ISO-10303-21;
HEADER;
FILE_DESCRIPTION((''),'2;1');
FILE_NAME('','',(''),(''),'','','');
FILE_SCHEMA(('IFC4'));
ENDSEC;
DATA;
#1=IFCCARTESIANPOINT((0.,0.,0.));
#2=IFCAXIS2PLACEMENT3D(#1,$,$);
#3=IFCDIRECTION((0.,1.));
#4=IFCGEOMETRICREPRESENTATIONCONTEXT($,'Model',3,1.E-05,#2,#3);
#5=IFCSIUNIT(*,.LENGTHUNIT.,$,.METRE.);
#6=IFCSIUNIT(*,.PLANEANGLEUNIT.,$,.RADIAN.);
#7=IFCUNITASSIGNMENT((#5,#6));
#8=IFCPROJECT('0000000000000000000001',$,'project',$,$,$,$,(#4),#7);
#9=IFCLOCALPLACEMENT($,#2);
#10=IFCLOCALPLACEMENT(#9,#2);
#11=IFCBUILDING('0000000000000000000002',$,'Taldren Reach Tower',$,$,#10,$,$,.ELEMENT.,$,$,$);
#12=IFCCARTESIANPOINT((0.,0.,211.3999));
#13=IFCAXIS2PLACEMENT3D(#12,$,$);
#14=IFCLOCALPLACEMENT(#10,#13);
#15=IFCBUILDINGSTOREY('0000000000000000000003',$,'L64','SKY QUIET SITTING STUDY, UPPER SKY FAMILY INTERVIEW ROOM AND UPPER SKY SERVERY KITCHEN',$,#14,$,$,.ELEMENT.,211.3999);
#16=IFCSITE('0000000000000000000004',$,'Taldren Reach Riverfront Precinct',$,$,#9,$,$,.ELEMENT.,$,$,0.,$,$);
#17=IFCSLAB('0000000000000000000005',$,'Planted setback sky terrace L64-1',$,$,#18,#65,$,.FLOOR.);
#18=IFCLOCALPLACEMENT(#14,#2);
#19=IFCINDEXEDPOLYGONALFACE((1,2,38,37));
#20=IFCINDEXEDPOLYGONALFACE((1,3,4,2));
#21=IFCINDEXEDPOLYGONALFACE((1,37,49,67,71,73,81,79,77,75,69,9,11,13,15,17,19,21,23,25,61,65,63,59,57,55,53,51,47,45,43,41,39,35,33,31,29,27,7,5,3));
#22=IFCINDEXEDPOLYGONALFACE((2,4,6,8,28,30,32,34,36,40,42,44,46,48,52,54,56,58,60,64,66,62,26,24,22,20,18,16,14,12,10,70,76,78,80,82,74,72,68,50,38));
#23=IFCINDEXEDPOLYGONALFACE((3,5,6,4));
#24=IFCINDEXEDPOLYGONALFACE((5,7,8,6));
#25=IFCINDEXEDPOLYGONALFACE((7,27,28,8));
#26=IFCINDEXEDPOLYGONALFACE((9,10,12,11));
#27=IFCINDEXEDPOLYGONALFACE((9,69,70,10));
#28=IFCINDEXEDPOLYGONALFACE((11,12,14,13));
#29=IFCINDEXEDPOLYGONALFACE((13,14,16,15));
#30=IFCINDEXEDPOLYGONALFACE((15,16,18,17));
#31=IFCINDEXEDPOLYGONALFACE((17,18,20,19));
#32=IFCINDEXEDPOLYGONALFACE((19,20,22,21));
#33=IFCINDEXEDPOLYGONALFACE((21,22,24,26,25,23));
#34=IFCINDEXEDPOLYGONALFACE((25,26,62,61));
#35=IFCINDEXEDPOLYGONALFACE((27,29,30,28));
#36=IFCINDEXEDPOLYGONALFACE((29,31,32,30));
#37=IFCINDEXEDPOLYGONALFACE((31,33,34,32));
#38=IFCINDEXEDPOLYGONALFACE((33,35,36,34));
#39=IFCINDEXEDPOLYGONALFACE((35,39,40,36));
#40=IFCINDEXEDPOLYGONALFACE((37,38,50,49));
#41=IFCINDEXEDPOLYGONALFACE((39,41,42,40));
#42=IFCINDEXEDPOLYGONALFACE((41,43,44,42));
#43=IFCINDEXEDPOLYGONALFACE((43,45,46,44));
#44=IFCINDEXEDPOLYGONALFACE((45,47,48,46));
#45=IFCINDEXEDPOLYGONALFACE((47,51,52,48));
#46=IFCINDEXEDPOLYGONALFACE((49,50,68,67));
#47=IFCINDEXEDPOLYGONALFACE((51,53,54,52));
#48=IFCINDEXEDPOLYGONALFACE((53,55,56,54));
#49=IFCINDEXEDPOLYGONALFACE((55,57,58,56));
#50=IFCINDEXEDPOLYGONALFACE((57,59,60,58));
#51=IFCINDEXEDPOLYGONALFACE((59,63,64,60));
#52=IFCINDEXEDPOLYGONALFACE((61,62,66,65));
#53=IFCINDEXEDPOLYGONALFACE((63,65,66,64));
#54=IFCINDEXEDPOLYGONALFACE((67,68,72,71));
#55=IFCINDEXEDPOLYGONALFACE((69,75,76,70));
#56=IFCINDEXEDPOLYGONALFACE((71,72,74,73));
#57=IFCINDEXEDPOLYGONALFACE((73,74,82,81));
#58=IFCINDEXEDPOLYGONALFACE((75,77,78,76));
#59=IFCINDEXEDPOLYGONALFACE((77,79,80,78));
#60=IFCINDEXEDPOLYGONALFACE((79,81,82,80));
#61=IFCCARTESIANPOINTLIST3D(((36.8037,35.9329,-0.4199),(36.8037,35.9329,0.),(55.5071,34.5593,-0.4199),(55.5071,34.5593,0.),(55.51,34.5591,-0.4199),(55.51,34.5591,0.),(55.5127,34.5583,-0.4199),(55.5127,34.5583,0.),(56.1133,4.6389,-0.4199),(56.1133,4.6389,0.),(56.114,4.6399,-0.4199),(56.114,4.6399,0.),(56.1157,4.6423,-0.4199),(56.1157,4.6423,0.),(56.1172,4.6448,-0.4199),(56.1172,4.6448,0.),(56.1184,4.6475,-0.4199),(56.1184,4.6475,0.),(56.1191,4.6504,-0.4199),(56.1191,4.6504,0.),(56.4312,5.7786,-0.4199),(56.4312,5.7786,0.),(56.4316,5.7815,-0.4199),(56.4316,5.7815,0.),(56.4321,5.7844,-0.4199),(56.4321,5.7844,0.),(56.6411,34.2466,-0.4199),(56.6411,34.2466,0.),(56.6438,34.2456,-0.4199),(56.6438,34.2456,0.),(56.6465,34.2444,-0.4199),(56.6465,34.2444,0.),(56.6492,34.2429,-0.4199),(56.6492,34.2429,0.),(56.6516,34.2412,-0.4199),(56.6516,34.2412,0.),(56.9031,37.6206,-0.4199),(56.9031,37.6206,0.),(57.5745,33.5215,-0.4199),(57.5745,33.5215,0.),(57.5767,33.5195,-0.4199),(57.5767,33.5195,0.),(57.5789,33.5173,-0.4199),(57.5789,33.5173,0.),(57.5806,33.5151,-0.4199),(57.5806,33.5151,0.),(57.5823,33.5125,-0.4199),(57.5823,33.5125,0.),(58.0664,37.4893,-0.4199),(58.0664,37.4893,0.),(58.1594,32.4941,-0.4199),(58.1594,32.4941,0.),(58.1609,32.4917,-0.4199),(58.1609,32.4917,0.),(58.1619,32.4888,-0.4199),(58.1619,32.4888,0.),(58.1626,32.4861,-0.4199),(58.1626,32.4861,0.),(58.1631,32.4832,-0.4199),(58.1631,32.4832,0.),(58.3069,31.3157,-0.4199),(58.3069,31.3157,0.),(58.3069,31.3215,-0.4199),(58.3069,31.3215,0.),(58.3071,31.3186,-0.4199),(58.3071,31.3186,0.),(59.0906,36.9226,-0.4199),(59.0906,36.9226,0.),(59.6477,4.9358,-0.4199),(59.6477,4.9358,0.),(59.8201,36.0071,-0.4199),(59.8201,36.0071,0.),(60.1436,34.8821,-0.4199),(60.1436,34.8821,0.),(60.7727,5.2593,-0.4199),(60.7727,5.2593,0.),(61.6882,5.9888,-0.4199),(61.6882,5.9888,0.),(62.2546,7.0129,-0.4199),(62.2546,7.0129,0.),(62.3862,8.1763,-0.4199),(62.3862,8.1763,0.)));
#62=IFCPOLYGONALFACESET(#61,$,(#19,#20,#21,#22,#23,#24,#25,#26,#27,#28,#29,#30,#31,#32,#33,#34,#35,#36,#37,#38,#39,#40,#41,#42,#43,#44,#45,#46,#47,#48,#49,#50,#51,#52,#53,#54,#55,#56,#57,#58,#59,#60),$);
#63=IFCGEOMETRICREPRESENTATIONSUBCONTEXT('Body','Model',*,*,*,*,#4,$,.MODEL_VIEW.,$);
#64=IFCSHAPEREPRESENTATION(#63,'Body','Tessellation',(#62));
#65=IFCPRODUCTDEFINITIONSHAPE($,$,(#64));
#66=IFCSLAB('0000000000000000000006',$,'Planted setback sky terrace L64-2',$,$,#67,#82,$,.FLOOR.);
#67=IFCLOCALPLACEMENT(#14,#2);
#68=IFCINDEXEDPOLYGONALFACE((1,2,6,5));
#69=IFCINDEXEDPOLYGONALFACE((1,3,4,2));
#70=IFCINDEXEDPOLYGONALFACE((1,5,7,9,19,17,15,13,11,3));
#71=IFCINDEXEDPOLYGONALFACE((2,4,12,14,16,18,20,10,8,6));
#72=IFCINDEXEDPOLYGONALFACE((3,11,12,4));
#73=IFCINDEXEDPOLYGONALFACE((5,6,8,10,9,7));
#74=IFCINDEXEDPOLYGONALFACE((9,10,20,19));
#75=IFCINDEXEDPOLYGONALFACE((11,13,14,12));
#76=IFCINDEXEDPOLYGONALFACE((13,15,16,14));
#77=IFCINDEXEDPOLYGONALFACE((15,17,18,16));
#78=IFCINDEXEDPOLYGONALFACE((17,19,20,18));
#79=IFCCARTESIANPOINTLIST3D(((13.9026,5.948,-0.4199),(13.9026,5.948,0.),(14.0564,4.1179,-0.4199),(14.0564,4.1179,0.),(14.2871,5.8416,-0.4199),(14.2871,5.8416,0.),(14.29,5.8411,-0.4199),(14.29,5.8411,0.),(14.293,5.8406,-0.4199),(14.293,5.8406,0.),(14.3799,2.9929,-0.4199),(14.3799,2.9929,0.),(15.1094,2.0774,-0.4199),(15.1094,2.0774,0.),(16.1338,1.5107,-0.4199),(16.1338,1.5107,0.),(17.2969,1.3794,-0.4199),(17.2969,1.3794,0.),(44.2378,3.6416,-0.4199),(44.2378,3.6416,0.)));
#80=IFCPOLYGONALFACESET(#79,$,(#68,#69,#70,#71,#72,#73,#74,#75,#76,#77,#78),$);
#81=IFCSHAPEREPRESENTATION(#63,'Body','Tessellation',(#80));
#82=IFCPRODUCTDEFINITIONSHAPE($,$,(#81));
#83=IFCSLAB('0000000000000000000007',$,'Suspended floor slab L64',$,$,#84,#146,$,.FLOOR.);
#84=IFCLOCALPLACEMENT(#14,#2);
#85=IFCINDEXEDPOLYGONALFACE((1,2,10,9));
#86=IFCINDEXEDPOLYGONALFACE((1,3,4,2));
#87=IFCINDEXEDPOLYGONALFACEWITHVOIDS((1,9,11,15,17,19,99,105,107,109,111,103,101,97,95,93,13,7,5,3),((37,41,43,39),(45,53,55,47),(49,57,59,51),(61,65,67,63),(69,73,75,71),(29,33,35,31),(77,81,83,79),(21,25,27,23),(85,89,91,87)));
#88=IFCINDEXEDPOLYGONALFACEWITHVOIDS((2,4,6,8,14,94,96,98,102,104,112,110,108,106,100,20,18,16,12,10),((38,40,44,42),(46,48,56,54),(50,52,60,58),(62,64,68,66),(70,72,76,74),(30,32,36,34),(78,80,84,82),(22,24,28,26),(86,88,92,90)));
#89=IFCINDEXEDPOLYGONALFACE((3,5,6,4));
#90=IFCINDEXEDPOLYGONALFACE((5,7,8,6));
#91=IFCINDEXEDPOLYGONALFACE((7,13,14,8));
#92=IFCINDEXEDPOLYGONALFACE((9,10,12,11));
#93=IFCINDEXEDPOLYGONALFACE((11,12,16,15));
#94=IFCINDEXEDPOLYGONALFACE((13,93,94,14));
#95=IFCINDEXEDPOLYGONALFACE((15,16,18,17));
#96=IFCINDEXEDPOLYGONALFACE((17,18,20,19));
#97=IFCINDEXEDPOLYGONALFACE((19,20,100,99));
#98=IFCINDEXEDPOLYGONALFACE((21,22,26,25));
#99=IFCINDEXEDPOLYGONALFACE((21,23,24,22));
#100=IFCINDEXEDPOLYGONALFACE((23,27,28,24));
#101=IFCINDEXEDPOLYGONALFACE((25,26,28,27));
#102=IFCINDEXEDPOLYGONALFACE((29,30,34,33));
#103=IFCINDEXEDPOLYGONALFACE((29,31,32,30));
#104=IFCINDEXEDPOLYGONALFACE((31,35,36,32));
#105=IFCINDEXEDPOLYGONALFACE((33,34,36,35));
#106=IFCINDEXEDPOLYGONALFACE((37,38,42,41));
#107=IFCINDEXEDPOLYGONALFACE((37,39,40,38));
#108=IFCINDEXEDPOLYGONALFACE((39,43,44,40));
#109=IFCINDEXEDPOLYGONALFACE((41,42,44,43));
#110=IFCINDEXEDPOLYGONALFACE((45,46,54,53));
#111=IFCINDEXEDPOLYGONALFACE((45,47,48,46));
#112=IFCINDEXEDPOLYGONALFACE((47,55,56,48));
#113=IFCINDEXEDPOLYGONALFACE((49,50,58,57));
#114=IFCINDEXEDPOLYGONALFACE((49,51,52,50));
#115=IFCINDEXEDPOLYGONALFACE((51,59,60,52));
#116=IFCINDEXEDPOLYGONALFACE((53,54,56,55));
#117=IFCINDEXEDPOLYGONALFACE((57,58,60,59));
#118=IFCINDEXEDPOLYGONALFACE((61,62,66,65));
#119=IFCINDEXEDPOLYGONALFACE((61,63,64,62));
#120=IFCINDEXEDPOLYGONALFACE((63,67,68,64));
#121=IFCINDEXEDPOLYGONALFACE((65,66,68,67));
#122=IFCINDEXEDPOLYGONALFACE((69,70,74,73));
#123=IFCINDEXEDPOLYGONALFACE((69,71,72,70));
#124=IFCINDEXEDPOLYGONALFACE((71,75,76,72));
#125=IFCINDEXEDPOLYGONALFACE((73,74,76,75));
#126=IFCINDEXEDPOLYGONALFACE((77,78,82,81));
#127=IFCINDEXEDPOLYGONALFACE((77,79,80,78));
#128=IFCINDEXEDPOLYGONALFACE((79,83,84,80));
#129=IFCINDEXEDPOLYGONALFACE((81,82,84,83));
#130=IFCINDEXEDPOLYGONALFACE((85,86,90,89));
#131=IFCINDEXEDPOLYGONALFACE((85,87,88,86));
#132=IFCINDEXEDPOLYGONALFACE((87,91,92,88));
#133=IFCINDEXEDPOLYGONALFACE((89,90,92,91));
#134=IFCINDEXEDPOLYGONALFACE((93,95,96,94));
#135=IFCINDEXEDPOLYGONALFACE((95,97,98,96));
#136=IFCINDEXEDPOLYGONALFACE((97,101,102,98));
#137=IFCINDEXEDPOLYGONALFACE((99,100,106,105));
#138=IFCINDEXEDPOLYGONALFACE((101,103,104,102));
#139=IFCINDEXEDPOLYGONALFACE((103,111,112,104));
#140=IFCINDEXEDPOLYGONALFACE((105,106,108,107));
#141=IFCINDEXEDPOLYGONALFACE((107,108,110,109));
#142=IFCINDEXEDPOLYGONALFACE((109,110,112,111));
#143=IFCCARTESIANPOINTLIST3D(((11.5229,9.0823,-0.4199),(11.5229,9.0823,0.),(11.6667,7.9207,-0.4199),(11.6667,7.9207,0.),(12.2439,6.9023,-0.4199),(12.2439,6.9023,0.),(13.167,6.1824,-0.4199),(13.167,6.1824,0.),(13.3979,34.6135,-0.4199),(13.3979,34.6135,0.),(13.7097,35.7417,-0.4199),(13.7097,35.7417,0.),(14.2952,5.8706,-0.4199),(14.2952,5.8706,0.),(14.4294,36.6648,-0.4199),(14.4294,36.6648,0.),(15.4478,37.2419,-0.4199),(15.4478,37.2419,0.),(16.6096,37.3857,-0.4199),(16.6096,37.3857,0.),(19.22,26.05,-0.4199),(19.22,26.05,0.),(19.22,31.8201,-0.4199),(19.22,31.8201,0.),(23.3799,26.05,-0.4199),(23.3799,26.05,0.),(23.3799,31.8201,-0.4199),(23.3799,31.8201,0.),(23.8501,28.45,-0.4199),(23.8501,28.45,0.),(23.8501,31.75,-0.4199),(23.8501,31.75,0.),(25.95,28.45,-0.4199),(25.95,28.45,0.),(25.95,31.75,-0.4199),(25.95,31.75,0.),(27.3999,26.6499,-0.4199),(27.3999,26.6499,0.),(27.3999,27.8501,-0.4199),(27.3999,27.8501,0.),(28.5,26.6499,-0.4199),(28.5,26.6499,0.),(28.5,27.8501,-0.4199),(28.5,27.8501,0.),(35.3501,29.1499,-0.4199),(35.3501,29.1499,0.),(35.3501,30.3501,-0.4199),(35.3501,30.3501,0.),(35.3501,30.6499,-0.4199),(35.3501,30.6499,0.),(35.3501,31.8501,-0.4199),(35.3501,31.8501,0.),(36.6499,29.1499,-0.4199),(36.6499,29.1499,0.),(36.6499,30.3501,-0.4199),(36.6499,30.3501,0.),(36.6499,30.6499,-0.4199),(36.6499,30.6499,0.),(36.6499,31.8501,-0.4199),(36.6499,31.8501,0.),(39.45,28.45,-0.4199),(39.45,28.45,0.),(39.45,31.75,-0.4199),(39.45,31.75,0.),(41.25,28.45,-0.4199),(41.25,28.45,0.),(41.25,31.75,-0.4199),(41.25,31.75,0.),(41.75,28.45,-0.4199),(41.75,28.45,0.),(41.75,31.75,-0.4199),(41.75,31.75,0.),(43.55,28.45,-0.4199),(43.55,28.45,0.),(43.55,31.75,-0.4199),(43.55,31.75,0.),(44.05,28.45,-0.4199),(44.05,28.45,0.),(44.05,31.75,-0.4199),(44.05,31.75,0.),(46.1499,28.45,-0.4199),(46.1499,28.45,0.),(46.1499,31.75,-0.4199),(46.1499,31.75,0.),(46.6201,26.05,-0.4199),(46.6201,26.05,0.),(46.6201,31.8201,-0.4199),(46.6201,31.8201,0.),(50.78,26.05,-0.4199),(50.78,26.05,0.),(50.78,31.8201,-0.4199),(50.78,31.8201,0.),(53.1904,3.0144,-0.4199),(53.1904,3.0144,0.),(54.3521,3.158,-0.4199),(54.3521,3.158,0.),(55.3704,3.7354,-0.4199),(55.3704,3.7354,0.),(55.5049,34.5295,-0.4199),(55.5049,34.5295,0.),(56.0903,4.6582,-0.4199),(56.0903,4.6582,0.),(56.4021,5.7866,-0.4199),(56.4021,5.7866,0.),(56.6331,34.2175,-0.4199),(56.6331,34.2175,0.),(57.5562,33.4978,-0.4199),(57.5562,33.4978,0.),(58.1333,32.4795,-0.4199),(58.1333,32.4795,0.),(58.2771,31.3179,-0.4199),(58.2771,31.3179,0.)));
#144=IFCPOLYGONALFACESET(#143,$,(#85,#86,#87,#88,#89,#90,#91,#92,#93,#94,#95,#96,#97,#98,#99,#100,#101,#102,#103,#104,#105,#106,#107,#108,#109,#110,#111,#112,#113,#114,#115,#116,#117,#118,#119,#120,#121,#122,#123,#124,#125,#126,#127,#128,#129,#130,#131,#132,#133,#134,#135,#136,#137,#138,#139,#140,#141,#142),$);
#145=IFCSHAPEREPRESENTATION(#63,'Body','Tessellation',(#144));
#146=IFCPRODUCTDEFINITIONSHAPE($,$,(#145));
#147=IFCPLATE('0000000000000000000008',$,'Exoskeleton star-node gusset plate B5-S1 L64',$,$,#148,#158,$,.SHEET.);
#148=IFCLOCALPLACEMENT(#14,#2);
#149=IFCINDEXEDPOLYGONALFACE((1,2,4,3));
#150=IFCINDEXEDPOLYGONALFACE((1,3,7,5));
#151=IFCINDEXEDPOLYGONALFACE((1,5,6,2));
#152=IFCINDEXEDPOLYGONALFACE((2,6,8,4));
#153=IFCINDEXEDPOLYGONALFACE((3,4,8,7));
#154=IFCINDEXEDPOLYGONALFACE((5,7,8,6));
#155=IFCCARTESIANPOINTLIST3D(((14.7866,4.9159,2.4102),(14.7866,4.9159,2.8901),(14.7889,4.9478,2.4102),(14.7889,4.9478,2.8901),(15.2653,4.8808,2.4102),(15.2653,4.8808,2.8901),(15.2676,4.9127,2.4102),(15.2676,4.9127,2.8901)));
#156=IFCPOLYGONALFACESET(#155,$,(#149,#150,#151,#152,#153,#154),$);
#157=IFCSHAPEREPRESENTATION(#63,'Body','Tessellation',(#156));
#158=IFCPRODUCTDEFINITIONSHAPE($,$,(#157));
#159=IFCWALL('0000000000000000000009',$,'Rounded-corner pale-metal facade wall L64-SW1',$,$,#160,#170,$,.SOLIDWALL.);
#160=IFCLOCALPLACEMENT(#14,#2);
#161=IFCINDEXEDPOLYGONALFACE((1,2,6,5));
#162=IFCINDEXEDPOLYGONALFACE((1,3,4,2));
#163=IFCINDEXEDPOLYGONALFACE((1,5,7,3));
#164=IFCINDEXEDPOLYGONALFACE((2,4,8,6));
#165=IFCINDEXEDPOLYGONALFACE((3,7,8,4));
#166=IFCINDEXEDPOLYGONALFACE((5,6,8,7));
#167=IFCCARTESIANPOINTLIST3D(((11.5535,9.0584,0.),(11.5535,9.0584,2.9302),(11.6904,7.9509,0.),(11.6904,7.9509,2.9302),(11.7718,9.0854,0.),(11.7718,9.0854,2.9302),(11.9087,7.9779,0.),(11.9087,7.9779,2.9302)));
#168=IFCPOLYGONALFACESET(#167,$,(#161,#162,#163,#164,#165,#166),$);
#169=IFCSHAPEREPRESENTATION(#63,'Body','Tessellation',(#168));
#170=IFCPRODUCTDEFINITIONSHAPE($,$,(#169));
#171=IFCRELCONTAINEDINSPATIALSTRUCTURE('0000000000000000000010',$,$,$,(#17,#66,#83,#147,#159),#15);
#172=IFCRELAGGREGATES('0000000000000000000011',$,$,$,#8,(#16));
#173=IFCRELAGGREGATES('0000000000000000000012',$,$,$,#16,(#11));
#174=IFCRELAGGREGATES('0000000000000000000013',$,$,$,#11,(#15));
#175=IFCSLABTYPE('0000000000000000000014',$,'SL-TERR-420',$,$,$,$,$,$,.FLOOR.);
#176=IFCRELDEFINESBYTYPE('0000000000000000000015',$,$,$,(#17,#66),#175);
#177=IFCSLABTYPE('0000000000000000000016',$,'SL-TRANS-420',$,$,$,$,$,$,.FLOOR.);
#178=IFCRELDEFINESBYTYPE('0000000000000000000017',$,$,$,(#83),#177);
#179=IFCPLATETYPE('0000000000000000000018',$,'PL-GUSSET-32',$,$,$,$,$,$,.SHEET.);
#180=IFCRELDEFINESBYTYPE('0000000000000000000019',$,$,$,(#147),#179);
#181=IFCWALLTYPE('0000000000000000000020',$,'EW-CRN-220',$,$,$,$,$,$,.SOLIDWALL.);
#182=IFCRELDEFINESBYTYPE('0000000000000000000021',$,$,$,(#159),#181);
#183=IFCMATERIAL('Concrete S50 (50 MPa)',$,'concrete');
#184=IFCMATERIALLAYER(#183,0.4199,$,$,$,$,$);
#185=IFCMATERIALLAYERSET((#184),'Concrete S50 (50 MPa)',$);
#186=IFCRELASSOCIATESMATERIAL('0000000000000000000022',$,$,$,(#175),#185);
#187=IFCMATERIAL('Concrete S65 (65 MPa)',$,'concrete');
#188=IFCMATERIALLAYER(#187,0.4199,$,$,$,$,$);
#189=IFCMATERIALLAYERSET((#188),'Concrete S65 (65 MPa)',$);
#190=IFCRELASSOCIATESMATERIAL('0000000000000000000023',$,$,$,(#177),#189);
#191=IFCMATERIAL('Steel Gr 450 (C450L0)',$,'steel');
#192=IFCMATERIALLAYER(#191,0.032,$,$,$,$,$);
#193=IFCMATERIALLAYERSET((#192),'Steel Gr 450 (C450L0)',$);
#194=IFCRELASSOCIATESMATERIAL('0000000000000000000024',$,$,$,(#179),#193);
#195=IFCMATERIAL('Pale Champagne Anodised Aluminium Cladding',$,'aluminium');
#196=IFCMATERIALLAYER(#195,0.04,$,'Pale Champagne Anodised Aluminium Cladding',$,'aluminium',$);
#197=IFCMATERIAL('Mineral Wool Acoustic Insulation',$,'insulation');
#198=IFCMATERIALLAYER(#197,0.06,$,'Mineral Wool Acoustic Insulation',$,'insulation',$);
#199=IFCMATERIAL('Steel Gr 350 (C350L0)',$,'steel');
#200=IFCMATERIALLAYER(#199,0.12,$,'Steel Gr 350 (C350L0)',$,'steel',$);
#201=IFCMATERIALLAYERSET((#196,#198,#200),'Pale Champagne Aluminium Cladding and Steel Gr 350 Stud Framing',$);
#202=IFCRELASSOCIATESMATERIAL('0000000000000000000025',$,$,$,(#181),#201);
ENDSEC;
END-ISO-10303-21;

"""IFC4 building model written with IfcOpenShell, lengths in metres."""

from ifc_helpers import new_model, si_unit, direction, frame, frame_2d, origin, origin_2d, place, context, subcontext, project, spatial, polyline, rectangle, outline, extrude, source, transform, mapped, material, layer, layer_set, type_object, element, save


model = new_model("IFC4")

# Units and contexts
model_context = context("Model", 3, precision=1e-05, world=origin(), true_north=direction((0.0, 1.0)))
body_context = subcontext(model_context, "Body", "Model", "MODEL_VIEW")
ifc_project = project(units=[si_unit("LENGTHUNIT", "METRE"), si_unit("PLANEANGLEUNIT", "RADIAN")], contexts=[model_context])

# Site, building, storey
site_placement = place(None, origin())
site = spatial("IfcSite", under=ifc_project, at=site_placement, Name="Taldren Reach Riverfront Precinct", CompositionType="ELEMENT", RefElevation=0.0)
building_placement = place(site_placement, origin())
building = spatial("IfcBuilding", under=site, at=building_placement, Name="Taldren Reach Tower", CompositionType="ELEMENT")
storey_placement = place(building_placement, frame((0.0, 0.0, 211.3999)))
storey = spatial("IfcBuildingStorey", under=building, at=storey_placement, Name="L64", Description="SKY QUIET SITTING STUDY, UPPER SKY FAMILY INTERVIEW ROOM AND UPPER SKY SERVERY KITCHEN", CompositionType="ELEMENT", Elevation=211.3999)

# Shared definitions
ifc_material_1 = material(Name="Steel Gr 350 (C350L0)", Category="steel")

# Shared definitions
ifc_material_2 = material(Name="Steel Gr 450 (C450L0)", Category="steel")

# Shared definitions
ifc_material_3 = material(Name="Concrete S50 (50 MPa)", Category="concrete")

# Slabs
ifc_layer_1 = layer(ifc_material_3, 0.4199)
ifc_layer_set_1 = layer_set([ifc_layer_1], Name="Concrete S50 (50 MPa)")
slab_type_1 = type_object("IfcSlabType", Name="SL-TERR-420", PredefinedType="FLOOR", material=ifc_layer_set_1)
slab_1_placement = place(storey_placement, frame((0.0, 0.0, -0.4199)))
element("IfcSlab", 1, at=slab_1_placement, inside=storey, type_object=slab_type_1, Name="Planted setback sky terrace L64-1", PredefinedType="FLOOR", context=body_context, shape_type="SweptSolid", body=[
    extrude(outline(polyline([(58.0664, 37.4893), (59.0906, 36.9226), (59.8201, 36.0071), (60.1436, 34.8821), (62.3862, 8.1763), (62.2546, 7.0129), (61.6882, 5.9888), (60.7727, 5.2593), (59.6477, 4.9358), (56.1133, 4.6389), (56.114, 4.6399), (56.1157, 4.6423), (56.1172, 4.6448), (56.1184, 4.6475), (56.1191, 4.6504), (56.4312, 5.7786), (56.4316, 5.7815), (56.4321, 5.7844), (58.3069, 31.3157), (58.3071, 31.3186), (58.3069, 31.3215), (58.1631, 32.4832), (58.1626, 32.4861), (58.1619, 32.4888), (58.1609, 32.4917), (58.1594, 32.4941), (57.5823, 33.5125), (57.5806, 33.5151), (57.5789, 33.5173), (57.5767, 33.5195), (57.5745, 33.5215), (56.6516, 34.2412), (56.6492, 34.2429), (56.6465, 34.2444), (56.6438, 34.2456), (56.6411, 34.2466), (55.5127, 34.5583), (55.51, 34.5591), (55.5071, 34.5593), (36.8037, 35.9329), (56.9031, 37.6206), (58.0664, 37.4893)])), origin(), (0.0, 0.0, 1.0), 0.4199),
])
slab_2_placement = place(storey_placement, frame((0.0, 0.0, -0.4199)))
element("IfcSlab", 2, at=slab_2_placement, inside=storey, type_object=slab_type_1, Name="Planted setback sky terrace L64-2", PredefinedType="FLOOR", context=body_context, shape_type="SweptSolid", body=[
    extrude(outline(polyline([(16.1338, 1.5107), (15.1094, 2.0774), (14.3799, 2.9929), (14.0564, 4.1179), (13.9026, 5.948), (14.2871, 5.8416), (14.29, 5.8411), (14.293, 5.8406), (44.2378, 3.6416), (17.2969, 1.3794), (16.1338, 1.5107)])), origin(), (0.0, 0.0, 1.0), 0.4199),
])
ifc_material_4 = material(Name="Concrete S65 (65 MPa)", Category="concrete")
ifc_layer_2 = layer(ifc_material_4, 0.4199)
ifc_layer_set_2 = layer_set([ifc_layer_2], Name="Concrete S65 (65 MPa)")
slab_type_2 = type_object("IfcSlabType", Name="SL-TRANS-420", PredefinedType="FLOOR", material=ifc_layer_set_2)
slab_3_placement = place(storey_placement, frame((0.0, 0.0, -0.4199)))
element("IfcSlab", 3, at=slab_3_placement, inside=storey, type_object=slab_type_2, Name="Suspended floor slab L64", PredefinedType="FLOOR", context=body_context, shape_type="SweptSolid", body=[
    extrude(outline(polyline([(53.1904, 3.0144), (54.3521, 3.158), (55.3704, 3.7354), (56.0903, 4.6582), (56.4021, 5.7866), (58.2771, 31.3179), (58.1333, 32.4795), (57.5562, 33.4978), (56.6331, 34.2175), (55.5049, 34.5295), (16.6096, 37.3857), (15.4478, 37.2419), (14.4294, 36.6648), (13.7097, 35.7417), (13.3979, 34.6135), (11.5229, 9.0823), (11.6667, 7.9207), (12.2439, 6.9023), (13.167, 6.1824), (14.2952, 5.8706), (53.1904, 3.0144)]), holes=[polyline([(19.22, 26.05), (23.3799, 26.05), (23.3799, 31.8201), (19.22, 31.8201), (19.22, 26.05)]), polyline([(46.6201, 26.05), (50.78, 26.05), (50.78, 31.8201), (46.6201, 31.8201), (46.6201, 26.05)]), polyline([(23.8501, 28.45), (25.95, 28.45), (25.95, 31.75), (23.8501, 31.75), (23.8501, 28.45)]), polyline([(44.05, 28.45), (46.1499, 28.45), (46.1499, 31.75), (44.05, 31.75), (44.05, 28.45)]), polyline([(39.45, 28.45), (41.25, 28.45), (41.25, 31.75), (39.45, 31.75), (39.45, 28.45)]), polyline([(41.75, 28.45), (43.55, 28.45), (43.55, 31.75), (41.75, 31.75), (41.75, 28.45)]), polyline([(35.3501, 30.6499), (36.6499, 30.6499), (36.6499, 31.8501), (35.3501, 31.8501), (35.3501, 30.6499)]), polyline([(35.3501, 29.1499), (36.6499, 29.1499), (36.6499, 30.3501), (35.3501, 30.3501), (35.3501, 29.1499)]), polyline([(27.3999, 26.6499), (28.5, 26.6499), (28.5, 27.8501), (27.3999, 27.8501), (27.3999, 26.6499)])]), origin(), (0.0, 0.0, 1.0), 0.4199),
])

# Plate
ifc_layer_3 = layer(ifc_material_2, 0.032)
ifc_layer_set_3 = layer_set([ifc_layer_3], Name="Steel Gr 450 (C450L0)")
plate_type = type_object("IfcPlateType", Name="PL-GUSSET-32", PredefinedType="SHEET", material=ifc_layer_set_3)
shared_shape_1 = source(origin(), body_context, "Body", "SweptSolid", [
    extrude(rectangle(XDim=0.48, YDim=0.032, at=origin_2d()), origin(), (0.0, 0.0, 1.0), 0.48),
])
plate_placement = place(storey_placement, frame((15.0271, 4.9143, 2.4102), z_axis=(0.0, 0.0, 1.0), x_axis=(0.997314, -0.073238, 0.0)))
element("IfcPlate", 4, at=plate_placement, inside=storey, type_object=plate_type, Name="Exoskeleton star-node gusset plate B5-S1 L64", PredefinedType="SHEET", context=body_context, shape_type="MappedRepresentation", body=[
    mapped(shared_shape_1, transform((0.0, 0.0, 0.0), scale=1.0)),
])

# Wall
ifc_material_5 = material(Name="Pale Champagne Anodised Aluminium Cladding", Category="aluminium")
ifc_layer_4 = layer(ifc_material_5, 0.04, Name="Pale Champagne Anodised Aluminium Cladding", Category="aluminium")
ifc_material_6 = material(Name="Mineral Wool Acoustic Insulation", Category="insulation")
ifc_layer_5 = layer(ifc_material_6, 0.06, Name="Mineral Wool Acoustic Insulation", Category="insulation")
ifc_layer_6 = layer(ifc_material_1, 0.12, Name="Steel Gr 350 (C350L0)", Category="steel")
ifc_layer_set_4 = layer_set([ifc_layer_4, ifc_layer_5, ifc_layer_6], Name="Pale Champagne Aluminium Cladding and Steel Gr 350 Stud Framing")
wall_type_1 = type_object("IfcWallType", Name="EW-CRN-220", PredefinedType="SOLIDWALL", material=ifc_layer_set_4)
shared_shape_2 = source(origin(), body_context, "Body", "SweptSolid", [
    extrude(rectangle(XDim=1.116, YDim=0.22, at=frame_2d((0.5581, 0.0))), origin(), (0.0, 0.0, 1.0), 2.9302),
])
for number, where, z_axis, x_axis, name in (
    (5, (11.6626, 9.072, 0.0), (0.0, 0.0, 1.0), (0.122742, -0.992439, 0.0), "Rounded-corner pale-metal facade wall L64-SW1"),
):
    element("IfcWall", number, at=place(storey_placement, frame(where, z_axis=z_axis, x_axis=x_axis)), inside=storey, type_object=wall_type_1, Name=name, PredefinedType="SOLIDWALL", context=body_context, shape_type="MappedRepresentation", body=[
        mapped(shared_shape_2, transform((0.0, 0.0, 0.0), scale=1.0)),
    ])

save(model, "model.ifc")
